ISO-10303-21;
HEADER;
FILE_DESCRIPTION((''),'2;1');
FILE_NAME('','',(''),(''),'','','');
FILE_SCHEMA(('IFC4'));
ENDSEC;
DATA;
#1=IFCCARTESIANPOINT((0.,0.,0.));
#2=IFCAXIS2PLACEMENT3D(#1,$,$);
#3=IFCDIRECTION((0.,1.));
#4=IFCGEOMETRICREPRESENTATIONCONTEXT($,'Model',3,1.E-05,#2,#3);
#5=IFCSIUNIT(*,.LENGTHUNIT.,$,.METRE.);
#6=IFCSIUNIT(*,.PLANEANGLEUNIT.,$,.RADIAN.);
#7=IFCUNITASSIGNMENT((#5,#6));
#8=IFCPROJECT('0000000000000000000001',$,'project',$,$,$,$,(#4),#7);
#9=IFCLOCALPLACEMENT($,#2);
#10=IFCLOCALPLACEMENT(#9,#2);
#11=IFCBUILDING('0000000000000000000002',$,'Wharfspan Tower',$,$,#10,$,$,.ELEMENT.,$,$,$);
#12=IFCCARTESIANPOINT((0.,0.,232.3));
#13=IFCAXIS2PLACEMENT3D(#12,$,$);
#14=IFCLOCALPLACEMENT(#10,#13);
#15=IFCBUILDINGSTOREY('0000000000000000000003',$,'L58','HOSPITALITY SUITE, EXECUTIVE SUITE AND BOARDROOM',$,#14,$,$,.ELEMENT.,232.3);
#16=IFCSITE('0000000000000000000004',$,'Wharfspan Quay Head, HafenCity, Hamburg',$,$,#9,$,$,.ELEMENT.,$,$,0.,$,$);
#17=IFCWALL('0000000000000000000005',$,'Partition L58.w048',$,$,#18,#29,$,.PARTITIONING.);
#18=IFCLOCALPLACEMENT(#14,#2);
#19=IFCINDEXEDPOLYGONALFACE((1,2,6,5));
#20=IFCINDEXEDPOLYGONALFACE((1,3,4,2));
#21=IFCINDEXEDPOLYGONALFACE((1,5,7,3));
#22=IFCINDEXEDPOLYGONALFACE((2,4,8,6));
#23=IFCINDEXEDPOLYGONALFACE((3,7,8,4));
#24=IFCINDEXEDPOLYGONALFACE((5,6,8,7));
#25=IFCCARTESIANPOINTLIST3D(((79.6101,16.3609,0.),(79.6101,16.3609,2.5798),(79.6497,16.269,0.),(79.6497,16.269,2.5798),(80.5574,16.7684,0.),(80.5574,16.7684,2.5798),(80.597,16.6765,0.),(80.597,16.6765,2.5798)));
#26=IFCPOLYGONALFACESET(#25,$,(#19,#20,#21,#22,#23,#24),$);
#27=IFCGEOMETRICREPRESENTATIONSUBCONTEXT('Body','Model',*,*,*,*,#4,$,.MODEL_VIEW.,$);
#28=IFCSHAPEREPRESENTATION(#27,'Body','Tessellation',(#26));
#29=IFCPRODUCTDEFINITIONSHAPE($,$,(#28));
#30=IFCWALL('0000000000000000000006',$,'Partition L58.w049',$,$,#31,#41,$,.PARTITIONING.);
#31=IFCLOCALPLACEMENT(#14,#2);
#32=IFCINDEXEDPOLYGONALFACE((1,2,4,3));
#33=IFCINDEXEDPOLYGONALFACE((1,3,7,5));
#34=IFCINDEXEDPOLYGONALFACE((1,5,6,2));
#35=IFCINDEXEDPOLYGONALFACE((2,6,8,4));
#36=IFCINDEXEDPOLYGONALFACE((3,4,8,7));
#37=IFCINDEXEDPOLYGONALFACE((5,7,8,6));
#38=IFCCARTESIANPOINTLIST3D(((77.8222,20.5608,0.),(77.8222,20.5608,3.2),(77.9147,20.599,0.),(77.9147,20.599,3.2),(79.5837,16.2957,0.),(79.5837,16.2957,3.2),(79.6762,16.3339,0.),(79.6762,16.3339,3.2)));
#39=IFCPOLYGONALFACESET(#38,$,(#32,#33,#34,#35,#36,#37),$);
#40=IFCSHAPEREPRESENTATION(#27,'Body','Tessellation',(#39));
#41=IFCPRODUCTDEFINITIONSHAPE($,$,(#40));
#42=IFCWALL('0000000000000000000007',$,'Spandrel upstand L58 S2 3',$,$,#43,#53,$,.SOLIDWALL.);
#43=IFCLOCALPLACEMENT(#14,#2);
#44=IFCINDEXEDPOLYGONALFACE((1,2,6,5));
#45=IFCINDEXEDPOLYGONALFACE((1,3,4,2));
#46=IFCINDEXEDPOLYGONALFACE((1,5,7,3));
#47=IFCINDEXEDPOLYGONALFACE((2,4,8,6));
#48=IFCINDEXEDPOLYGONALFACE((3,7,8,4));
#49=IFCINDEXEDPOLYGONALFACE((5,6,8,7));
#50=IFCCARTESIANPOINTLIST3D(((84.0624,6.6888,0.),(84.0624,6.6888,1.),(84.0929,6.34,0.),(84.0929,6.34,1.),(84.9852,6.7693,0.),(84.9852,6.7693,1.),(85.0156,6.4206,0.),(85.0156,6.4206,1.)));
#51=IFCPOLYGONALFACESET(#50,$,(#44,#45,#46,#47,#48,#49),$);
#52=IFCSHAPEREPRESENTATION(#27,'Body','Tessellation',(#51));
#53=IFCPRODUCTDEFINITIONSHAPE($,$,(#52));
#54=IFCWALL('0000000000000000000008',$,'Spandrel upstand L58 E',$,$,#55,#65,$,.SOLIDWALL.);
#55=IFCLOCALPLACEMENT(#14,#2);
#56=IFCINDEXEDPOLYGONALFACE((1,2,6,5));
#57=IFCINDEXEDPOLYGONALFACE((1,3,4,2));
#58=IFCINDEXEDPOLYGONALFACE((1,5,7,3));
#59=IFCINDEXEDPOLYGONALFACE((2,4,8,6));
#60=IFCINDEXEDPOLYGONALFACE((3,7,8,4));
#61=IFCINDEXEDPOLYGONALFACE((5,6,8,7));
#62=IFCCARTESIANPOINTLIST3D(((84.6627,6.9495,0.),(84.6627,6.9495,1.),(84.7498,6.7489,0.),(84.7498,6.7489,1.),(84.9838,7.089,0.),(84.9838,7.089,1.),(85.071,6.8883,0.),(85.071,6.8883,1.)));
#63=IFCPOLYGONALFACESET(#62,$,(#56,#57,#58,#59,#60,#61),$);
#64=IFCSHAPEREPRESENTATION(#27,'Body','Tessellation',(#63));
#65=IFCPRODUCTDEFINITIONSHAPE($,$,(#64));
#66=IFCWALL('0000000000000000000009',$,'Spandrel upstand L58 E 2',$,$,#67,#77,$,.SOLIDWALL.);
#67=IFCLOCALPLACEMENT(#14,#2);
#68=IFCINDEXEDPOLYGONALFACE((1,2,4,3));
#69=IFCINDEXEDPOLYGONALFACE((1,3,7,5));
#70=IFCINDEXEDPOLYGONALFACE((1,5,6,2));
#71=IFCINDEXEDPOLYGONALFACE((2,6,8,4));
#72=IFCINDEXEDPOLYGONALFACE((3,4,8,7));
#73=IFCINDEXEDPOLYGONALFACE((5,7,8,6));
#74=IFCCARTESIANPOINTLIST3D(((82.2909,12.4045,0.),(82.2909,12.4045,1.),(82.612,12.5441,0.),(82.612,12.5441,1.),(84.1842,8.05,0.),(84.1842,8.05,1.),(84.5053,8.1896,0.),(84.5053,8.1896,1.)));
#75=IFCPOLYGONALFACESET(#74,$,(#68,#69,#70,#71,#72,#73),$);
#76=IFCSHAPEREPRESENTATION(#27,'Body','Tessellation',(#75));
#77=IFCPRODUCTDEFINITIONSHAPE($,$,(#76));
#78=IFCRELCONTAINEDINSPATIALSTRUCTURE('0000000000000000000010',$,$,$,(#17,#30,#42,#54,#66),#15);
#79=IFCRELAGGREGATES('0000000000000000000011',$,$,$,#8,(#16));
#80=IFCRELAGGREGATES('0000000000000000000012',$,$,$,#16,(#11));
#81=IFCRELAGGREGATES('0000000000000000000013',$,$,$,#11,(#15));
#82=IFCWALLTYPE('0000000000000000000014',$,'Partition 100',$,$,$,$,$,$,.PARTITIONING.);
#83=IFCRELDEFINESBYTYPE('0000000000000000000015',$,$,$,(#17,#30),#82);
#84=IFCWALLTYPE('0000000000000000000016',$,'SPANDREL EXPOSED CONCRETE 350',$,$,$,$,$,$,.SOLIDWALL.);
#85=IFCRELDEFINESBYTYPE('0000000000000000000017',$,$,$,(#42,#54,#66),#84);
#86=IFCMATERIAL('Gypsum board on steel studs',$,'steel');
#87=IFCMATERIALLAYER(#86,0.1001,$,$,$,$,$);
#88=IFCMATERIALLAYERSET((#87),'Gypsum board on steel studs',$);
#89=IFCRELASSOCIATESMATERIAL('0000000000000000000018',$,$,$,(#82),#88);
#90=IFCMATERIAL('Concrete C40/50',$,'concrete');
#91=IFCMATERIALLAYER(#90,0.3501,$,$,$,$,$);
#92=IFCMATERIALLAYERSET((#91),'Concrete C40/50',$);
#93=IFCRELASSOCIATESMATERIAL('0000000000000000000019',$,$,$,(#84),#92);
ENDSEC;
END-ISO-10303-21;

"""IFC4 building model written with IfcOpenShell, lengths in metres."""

from ifc_helpers import new_model, si_unit, direction, frame, frame_2d, origin, place, context, subcontext, project, spatial, rectangle, extrude, material, layer, layer_set, type_object, element, save


model = new_model("IFC4")

# Units and contexts
model_context = context("Model", 3, precision=1e-05, world=origin(), true_north=direction((0.0, 1.0)))
body_context = subcontext(model_context, "Body", "Model", "MODEL_VIEW")
ifc_project = project(units=[si_unit("LENGTHUNIT", "METRE"), si_unit("PLANEANGLEUNIT", "RADIAN")], contexts=[model_context])

# Site, building, storey
site_placement = place(None, origin())
site = spatial("IfcSite", under=ifc_project, at=site_placement, Name="Wharfspan Quay Head, HafenCity, Hamburg", CompositionType="ELEMENT", RefElevation=0.0)
building_placement = place(site_placement, origin())
building = spatial("IfcBuilding", under=site, at=building_placement, Name="Wharfspan Tower", CompositionType="ELEMENT")
storey_placement = place(building_placement, frame((0.0, 0.0, 232.3)))
storey = spatial("IfcBuildingStorey", under=building, at=storey_placement, Name="L58", Description="HOSPITALITY SUITE, EXECUTIVE SUITE AND BOARDROOM", CompositionType="ELEMENT", Elevation=232.3)

# Walls
ifc_material_1 = material(Name="Gypsum board on steel studs", Category="steel")
ifc_layer_1 = layer(ifc_material_1, 0.1001)
ifc_layer_set_1 = layer_set([ifc_layer_1], Name="Gypsum board on steel studs")
wall_type_1 = type_object("IfcWallType", Name="Partition 100", PredefinedType="PARTITIONING", material=ifc_layer_set_1)
wall_1_placement = place(storey_placement, frame((79.6299, 16.3149, 0.0), z_axis=(0.0, 0.0, 1.0), x_axis=(0.918616, 0.395147, 0.0)))
element("IfcWall", 1, at=wall_1_placement, inside=storey, type_object=wall_type_1, Name="Partition L58.w048", PredefinedType="PARTITIONING", context=body_context, shape_type="SweptSolid", body=[
    extrude(rectangle(XDim=1.0312, YDim=0.1001, at=frame_2d((0.5156, 0.0))), origin(), (0.0, 0.0, 1.0), 2.5798),
])
wall_2_placement = place(storey_placement, frame((79.6299, 16.3149, 0.0), z_axis=(0.0, 0.0, 1.0), x_axis=(-0.381721, 0.924278, 0.0)))
element("IfcWall", 2, at=wall_2_placement, inside=storey, type_object=wall_type_1, Name="Partition L58.w049", PredefinedType="PARTITIONING", context=body_context, shape_type="SweptSolid", body=[
    extrude(rectangle(XDim=4.6145, YDim=0.1001, at=frame_2d((2.3071, 0.0))), origin(), (0.0, 0.0, 1.0), 3.2),
])
ifc_material_2 = material(Name="Concrete C40/50", Category="concrete")
ifc_layer_2 = layer(ifc_material_2, 0.3501)
ifc_layer_set_2 = layer_set([ifc_layer_2], Name="Concrete C40/50")
wall_type_2 = type_object("IfcWallType", Name="SPANDREL EXPOSED CONCRETE 350", PredefinedType="SOLIDWALL", material=ifc_layer_set_2)
wall_3_placement = place(storey_placement, frame((84.0776, 6.5144, 0.0), z_axis=(0.0, 0.0, 1.0), x_axis=(0.996213, 0.086971, 0.0)))
element("IfcWall", 3, at=wall_3_placement, inside=storey, type_object=wall_type_2, Name="Spandrel upstand L58 S2 3", PredefinedType="SOLIDWALL", context=body_context, shape_type="SweptSolid", body=[
    extrude(rectangle(XDim=0.9263, YDim=0.3501, at=frame_2d((0.4631, 0.0))), origin(), (0.0, 0.0, 1.0), 1.0),
])
wall_4_placement = place(storey_placement, frame((84.9104, 6.8186, 0.0), z_axis=(0.0, 0.0, 1.0), x_axis=(-0.398359, 0.91723, 0.0)))
element("IfcWall", 4, at=wall_4_placement, inside=storey, type_object=wall_type_2, Name="Spandrel upstand L58 E", PredefinedType="SOLIDWALL", context=body_context, shape_type="SweptSolid", body=[
    extrude(rectangle(XDim=0.2188, YDim=0.3501, at=frame_2d((0.1094, 0.0))), origin(), (0.0, 0.0, 1.0), 1.0),
])
wall_5_placement = place(storey_placement, frame((84.3447, 8.1199, 0.0), z_axis=(0.0, 0.0, 1.0), x_axis=(-0.398736, 0.917067, 0.0)))
element("IfcWall", 5, at=wall_5_placement, inside=storey, type_object=wall_type_2, Name="Spandrel upstand L58 E 2", PredefinedType="SOLIDWALL", context=body_context, shape_type="SweptSolid", body=[
    extrude(rectangle(XDim=4.7483, YDim=0.3501, at=frame_2d((2.374, 0.0))), origin(), (0.0, 0.0, 1.0), 1.0),
])

save(model, "model.ifc")
